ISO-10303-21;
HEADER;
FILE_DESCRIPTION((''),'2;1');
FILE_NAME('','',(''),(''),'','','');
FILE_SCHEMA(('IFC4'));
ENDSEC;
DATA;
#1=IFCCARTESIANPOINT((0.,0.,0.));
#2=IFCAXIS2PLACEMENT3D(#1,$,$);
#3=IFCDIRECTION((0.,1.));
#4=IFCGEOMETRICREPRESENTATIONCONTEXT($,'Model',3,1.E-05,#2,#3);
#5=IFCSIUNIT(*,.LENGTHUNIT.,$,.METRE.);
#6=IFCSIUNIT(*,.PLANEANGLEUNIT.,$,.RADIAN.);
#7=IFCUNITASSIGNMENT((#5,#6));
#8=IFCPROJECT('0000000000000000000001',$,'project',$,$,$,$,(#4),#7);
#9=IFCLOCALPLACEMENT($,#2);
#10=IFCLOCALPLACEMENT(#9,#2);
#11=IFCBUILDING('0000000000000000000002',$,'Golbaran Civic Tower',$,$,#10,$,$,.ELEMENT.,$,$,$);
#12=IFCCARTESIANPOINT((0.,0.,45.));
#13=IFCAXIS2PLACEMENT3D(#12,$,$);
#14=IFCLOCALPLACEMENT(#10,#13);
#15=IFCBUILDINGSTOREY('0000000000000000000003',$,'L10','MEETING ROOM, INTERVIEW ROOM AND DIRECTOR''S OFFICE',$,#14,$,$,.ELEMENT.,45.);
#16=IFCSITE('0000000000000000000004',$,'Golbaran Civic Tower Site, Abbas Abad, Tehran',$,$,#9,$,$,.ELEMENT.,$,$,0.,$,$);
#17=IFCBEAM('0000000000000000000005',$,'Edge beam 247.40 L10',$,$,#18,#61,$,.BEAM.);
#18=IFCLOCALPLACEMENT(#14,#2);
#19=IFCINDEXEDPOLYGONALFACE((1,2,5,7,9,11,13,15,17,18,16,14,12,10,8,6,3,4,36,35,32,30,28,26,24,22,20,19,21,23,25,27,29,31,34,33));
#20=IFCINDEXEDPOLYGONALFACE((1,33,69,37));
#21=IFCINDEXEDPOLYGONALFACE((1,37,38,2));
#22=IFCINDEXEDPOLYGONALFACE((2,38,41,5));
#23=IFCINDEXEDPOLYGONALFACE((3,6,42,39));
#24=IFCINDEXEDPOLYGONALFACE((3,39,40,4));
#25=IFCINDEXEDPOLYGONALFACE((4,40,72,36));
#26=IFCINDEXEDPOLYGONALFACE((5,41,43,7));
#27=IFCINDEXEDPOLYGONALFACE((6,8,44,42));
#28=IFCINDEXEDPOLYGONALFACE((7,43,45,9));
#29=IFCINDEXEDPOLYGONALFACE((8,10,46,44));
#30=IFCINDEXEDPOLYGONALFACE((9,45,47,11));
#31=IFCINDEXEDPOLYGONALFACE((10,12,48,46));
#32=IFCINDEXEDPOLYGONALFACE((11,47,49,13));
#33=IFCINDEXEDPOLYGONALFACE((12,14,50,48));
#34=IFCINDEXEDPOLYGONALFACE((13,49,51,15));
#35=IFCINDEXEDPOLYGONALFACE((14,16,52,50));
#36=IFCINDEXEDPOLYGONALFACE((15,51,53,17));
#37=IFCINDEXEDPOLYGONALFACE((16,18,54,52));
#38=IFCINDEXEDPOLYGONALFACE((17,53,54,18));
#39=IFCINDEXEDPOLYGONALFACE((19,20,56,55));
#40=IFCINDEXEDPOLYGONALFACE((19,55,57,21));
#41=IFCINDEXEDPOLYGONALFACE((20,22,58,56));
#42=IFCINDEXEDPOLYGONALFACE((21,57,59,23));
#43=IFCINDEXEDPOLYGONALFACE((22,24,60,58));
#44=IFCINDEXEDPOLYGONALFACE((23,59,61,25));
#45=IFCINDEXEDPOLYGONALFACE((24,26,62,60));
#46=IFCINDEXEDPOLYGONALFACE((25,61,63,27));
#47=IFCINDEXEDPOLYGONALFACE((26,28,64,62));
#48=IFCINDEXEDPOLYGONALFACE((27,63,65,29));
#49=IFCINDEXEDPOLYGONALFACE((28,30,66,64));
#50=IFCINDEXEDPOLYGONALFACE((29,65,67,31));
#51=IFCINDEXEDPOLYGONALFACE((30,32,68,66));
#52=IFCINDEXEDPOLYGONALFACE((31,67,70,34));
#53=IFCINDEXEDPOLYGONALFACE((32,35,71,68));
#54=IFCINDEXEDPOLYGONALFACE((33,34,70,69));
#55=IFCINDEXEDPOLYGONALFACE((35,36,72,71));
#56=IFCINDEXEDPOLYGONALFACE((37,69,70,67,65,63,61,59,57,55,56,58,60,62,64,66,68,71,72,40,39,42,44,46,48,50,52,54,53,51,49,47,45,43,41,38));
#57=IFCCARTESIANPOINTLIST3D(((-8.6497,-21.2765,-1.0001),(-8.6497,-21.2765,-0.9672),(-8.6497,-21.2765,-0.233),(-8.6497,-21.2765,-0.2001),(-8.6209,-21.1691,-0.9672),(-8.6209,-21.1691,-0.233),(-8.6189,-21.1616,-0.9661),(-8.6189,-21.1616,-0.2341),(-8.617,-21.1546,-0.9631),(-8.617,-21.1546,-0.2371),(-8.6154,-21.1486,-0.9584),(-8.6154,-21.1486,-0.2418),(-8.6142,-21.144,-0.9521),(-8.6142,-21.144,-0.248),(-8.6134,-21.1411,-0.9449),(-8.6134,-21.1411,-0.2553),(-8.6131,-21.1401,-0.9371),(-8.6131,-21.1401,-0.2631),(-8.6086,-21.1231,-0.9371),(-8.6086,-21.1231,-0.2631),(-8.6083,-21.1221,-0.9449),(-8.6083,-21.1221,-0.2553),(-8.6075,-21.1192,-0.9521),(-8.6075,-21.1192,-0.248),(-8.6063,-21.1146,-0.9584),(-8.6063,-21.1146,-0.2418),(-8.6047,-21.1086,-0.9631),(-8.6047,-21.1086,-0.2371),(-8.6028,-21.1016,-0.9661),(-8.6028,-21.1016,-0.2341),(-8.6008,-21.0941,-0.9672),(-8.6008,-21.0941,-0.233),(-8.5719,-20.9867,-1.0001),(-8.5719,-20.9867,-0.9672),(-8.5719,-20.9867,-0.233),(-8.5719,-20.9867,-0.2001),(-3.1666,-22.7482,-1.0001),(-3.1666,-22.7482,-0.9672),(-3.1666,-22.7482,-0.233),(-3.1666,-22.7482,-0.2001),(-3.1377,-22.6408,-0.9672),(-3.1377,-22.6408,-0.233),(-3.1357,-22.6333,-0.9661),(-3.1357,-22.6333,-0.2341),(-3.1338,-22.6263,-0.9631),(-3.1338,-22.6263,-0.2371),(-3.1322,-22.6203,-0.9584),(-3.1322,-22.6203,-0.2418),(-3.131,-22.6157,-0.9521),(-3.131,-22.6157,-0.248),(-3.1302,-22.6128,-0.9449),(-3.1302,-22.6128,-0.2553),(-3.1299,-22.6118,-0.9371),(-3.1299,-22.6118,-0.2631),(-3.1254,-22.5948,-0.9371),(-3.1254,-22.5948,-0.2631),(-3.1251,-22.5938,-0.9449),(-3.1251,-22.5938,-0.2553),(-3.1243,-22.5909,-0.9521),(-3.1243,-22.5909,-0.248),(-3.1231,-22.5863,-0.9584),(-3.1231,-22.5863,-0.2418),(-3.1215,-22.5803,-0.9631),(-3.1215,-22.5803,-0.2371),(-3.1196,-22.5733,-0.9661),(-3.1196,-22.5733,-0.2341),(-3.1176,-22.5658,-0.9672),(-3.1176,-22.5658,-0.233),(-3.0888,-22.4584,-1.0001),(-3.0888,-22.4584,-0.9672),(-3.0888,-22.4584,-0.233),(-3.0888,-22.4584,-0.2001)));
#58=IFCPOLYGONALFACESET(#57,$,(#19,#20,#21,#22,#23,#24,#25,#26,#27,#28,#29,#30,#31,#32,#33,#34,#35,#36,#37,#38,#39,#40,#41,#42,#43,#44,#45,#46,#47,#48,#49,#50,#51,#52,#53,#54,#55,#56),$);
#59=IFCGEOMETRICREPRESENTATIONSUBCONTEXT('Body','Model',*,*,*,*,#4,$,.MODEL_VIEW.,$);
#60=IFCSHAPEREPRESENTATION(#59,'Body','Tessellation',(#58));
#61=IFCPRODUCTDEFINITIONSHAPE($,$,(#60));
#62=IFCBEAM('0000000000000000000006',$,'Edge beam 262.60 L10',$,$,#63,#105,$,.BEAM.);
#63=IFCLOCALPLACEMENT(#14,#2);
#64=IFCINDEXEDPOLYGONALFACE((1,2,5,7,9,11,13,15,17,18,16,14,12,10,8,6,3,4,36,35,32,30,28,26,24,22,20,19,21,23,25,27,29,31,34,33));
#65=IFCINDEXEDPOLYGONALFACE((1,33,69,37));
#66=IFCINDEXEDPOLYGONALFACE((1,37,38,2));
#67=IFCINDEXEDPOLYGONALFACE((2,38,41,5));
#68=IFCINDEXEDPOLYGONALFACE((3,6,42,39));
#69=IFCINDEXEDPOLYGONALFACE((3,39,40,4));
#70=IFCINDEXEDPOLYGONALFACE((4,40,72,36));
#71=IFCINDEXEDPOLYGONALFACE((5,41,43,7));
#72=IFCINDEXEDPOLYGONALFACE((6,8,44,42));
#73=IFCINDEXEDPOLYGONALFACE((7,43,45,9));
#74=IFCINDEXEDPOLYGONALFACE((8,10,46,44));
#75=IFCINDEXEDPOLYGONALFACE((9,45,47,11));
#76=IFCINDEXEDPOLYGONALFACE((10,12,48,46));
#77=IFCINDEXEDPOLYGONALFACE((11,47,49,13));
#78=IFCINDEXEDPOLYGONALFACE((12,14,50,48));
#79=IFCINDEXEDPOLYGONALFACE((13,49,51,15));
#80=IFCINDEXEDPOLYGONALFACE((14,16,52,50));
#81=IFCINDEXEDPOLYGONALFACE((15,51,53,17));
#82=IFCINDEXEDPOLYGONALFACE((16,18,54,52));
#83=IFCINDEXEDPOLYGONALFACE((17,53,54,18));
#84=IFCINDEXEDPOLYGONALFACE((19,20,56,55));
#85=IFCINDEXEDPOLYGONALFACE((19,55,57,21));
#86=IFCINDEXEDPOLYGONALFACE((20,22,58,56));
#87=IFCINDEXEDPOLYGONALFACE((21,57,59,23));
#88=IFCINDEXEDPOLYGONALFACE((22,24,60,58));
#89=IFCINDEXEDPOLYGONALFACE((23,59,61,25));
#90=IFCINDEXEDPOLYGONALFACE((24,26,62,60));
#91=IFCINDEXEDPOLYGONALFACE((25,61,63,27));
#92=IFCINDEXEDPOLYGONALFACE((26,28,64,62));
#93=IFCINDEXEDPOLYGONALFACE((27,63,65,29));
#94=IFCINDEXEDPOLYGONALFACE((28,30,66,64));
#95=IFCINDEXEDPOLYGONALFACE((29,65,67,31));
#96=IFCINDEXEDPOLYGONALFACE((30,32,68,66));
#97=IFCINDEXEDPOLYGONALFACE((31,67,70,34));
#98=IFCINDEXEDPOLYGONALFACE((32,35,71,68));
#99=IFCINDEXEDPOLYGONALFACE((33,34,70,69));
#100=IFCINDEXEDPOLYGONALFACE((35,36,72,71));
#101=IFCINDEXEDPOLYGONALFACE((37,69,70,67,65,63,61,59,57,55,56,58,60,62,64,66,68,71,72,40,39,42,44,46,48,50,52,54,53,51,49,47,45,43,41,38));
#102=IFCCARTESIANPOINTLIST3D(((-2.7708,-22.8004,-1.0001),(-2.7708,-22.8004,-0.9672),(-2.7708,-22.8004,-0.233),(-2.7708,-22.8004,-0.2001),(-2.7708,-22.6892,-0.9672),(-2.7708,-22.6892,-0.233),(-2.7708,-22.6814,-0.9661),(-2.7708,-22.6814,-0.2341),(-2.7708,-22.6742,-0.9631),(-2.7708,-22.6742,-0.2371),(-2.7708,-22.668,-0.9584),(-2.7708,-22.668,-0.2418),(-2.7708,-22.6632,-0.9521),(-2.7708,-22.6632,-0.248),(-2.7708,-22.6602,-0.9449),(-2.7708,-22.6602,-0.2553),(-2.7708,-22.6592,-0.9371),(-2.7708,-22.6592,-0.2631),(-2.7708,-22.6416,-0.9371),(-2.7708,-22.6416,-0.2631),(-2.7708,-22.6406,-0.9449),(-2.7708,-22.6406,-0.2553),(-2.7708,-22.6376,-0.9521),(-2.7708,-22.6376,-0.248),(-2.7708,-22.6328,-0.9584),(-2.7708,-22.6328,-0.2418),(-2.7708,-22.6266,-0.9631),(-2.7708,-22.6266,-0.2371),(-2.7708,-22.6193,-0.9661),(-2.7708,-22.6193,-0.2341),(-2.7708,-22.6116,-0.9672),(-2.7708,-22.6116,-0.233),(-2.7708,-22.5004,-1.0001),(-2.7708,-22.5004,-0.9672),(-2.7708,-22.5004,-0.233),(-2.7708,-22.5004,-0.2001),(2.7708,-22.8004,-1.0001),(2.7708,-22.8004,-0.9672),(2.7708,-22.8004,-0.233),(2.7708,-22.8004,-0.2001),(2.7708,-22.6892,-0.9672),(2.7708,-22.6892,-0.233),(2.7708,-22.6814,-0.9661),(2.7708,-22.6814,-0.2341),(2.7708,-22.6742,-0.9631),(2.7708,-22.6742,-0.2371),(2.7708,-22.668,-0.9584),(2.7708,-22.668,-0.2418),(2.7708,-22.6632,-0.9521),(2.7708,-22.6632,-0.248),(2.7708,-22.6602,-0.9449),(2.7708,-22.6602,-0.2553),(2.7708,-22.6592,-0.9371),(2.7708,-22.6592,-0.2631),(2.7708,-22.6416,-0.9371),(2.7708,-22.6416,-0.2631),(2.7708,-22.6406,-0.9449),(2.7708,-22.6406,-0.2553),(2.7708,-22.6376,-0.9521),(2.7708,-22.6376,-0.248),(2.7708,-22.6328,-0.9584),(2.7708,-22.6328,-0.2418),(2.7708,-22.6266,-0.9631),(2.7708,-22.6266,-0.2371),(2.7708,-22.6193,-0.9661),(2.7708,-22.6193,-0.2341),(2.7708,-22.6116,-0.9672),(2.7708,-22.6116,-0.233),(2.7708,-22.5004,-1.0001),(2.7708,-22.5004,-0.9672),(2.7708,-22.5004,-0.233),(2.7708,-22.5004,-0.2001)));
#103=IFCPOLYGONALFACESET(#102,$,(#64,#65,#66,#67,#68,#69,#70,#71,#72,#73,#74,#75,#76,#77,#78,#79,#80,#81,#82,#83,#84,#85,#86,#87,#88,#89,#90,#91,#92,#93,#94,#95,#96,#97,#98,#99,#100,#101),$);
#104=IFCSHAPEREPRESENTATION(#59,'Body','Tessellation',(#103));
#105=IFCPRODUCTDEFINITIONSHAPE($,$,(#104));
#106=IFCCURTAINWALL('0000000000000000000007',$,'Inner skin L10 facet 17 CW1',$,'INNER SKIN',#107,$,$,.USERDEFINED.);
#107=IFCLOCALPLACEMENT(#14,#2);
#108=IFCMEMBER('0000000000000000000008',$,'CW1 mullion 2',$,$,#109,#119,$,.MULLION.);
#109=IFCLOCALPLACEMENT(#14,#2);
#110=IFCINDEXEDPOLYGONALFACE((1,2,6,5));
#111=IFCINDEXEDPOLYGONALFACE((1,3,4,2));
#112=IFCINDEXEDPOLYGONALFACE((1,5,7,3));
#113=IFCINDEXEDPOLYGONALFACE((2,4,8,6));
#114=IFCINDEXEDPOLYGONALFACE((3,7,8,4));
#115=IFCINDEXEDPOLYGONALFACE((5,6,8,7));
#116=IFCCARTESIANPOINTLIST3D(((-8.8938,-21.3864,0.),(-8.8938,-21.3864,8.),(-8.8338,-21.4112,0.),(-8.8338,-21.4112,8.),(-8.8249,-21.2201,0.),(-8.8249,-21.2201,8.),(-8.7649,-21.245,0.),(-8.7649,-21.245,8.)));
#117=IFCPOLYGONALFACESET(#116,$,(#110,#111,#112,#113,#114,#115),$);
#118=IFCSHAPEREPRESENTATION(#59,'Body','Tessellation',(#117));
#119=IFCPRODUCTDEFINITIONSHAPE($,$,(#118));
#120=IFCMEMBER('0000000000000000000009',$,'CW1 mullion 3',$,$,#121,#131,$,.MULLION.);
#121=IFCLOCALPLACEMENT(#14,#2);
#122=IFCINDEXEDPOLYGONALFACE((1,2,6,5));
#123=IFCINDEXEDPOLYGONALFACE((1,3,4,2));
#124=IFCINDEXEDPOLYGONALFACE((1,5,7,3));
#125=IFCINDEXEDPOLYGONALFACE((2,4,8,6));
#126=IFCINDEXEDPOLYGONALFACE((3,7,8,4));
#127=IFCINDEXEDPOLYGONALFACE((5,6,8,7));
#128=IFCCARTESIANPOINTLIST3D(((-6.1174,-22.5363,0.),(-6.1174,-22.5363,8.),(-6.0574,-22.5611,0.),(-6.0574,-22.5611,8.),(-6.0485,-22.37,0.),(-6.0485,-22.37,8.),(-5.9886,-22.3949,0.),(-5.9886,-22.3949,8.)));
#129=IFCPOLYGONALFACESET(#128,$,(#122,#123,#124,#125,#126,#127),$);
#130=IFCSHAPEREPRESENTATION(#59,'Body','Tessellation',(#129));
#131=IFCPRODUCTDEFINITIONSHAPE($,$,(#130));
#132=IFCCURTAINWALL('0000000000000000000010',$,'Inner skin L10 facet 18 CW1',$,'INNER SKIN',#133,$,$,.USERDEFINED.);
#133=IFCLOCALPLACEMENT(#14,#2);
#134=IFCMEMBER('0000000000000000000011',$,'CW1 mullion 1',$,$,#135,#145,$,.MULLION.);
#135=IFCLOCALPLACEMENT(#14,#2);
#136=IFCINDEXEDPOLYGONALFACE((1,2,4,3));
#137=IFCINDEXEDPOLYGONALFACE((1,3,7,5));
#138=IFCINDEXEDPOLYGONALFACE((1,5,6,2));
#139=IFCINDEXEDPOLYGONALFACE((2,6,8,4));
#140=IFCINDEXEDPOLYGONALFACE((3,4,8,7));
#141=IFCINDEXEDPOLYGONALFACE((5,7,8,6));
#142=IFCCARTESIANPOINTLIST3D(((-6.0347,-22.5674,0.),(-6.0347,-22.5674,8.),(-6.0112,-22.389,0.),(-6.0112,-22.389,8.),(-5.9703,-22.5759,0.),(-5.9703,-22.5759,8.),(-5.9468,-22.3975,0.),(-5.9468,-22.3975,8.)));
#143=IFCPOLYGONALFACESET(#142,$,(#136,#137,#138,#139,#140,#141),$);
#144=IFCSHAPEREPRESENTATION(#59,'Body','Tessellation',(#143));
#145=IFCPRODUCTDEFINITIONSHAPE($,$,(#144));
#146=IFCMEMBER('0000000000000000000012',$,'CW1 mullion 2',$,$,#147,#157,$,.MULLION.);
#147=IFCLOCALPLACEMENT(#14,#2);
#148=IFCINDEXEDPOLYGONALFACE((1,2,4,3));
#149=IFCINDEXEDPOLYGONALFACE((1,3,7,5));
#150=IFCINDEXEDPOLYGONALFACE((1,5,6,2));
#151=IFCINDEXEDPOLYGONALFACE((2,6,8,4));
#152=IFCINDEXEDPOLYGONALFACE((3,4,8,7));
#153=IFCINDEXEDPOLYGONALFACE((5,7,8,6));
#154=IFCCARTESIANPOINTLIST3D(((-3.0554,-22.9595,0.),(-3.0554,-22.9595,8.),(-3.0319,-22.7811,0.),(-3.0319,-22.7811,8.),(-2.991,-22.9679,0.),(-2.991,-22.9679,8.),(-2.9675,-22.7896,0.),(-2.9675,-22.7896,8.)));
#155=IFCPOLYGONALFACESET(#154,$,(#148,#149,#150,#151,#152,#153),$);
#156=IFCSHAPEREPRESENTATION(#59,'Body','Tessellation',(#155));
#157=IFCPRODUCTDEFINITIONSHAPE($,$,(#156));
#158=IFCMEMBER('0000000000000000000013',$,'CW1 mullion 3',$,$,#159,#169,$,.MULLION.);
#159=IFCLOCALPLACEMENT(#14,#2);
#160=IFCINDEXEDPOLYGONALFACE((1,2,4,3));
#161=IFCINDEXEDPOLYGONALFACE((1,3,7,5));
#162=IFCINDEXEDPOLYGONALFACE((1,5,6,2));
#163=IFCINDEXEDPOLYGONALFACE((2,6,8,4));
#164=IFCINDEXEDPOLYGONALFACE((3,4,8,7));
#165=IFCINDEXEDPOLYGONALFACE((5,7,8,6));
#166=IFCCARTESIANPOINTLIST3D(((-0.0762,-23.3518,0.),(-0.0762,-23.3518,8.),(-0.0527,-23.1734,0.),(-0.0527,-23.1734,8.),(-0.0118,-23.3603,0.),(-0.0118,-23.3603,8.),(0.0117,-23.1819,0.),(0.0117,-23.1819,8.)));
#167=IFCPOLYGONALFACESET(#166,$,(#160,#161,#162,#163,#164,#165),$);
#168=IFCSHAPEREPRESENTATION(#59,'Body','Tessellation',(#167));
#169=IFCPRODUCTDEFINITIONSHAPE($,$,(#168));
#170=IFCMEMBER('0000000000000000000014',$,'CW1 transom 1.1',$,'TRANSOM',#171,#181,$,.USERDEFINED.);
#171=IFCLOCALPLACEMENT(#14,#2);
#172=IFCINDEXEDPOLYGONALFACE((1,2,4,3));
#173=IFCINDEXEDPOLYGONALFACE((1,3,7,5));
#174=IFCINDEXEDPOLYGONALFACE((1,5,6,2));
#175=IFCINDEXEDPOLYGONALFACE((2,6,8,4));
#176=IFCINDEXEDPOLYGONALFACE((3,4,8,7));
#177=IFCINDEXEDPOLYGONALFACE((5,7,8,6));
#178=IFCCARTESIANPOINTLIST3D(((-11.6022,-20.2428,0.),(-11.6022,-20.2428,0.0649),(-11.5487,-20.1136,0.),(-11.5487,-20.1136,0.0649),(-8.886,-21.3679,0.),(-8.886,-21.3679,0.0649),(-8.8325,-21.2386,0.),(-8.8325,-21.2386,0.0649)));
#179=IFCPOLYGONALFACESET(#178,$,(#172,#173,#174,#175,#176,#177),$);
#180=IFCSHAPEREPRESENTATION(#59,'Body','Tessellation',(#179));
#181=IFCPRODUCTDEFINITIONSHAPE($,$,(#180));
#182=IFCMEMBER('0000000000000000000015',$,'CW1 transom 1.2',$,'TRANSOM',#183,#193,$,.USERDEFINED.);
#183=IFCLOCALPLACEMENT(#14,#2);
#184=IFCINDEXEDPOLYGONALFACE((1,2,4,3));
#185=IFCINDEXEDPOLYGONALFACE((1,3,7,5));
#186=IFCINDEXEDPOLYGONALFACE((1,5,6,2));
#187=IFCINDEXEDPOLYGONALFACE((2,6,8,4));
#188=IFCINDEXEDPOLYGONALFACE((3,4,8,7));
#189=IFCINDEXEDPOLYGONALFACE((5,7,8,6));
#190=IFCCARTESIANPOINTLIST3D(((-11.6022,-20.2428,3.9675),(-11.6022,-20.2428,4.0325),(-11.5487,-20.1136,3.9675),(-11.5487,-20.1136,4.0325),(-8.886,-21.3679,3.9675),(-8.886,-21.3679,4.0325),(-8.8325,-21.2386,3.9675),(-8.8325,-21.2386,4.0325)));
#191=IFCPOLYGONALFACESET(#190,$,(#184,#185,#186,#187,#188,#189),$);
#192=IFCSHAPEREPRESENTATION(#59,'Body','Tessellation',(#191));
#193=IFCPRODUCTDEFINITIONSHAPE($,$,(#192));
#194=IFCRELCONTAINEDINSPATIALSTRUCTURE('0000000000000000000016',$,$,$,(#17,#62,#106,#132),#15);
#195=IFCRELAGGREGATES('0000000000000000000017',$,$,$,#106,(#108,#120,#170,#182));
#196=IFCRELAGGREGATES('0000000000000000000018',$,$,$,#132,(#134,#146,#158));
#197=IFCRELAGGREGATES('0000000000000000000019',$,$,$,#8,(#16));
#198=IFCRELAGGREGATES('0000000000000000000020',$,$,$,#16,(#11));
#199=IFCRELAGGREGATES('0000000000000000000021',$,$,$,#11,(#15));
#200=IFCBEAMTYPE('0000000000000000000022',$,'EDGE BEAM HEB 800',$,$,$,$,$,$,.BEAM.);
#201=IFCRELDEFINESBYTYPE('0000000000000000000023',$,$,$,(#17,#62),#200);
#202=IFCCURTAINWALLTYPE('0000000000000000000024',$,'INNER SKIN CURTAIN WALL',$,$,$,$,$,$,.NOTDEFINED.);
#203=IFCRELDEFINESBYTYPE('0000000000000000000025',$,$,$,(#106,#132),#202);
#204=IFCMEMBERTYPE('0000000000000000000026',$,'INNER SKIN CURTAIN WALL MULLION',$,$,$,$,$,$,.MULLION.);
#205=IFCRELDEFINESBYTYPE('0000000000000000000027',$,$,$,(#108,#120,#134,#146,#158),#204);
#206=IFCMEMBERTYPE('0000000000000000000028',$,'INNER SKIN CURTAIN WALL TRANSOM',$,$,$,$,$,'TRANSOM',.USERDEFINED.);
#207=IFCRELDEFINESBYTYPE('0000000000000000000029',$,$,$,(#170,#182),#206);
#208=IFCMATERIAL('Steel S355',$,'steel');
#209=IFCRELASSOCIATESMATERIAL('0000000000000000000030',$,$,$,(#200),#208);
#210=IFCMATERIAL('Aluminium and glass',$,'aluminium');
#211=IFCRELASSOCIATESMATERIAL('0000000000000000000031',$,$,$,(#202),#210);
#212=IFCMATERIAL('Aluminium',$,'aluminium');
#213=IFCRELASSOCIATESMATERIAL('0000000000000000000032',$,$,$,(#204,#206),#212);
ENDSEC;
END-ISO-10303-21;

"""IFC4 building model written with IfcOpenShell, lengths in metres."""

from ifc_helpers import new_model, si_unit, direction, frame, origin, origin_2d, place, context, subcontext, project, spatial, rectangle, i_section, extrude, material, material_profile, profile_set, type_object, element, aggregate, save


model = new_model("IFC4")

# Units and contexts
model_context = context("Model", 3, precision=1e-05, world=origin(), true_north=direction((0.0, 1.0)))
body_context = subcontext(model_context, "Body", "Model", "MODEL_VIEW")
ifc_project = project(units=[si_unit("LENGTHUNIT", "METRE"), si_unit("PLANEANGLEUNIT", "RADIAN")], contexts=[model_context])

# Site, building, storey
site_placement = place(None, origin())
site = spatial("IfcSite", under=ifc_project, at=site_placement, Name="Golbaran Civic Tower Site, Abbas Abad, Tehran", CompositionType="ELEMENT", RefElevation=0.0)
building_placement = place(site_placement, origin())
building = spatial("IfcBuilding", under=site, at=building_placement, Name="Golbaran Civic Tower", CompositionType="ELEMENT")
storey_placement = place(building_placement, frame((0.0, 0.0, 45.0)))
storey = spatial("IfcBuildingStorey", under=building, at=storey_placement, Name="L10", Description="MEETING ROOM, INTERVIEW ROOM AND DIRECTOR'S OFFICE", CompositionType="ELEMENT", Elevation=45.0)

# Beams
ifc_material_1 = material(Name="Steel S355", Category="steel")
ifc_material_profile_1 = material_profile(ifc_material_1, i_section(OverallWidth=0.3, OverallDepth=0.8, WebThickness=0.0176, FlangeThickness=0.033, FilletRadius=0.03, at=origin_2d()), Name="HEB 800")
ifc_profile_set_1 = profile_set([ifc_material_profile_1], Name="Steel S355")
beam_type = type_object("IfcBeamType", Name="EDGE BEAM HEB 800", PredefinedType="BEAM", material=ifc_profile_set_1)
beam_1_placement = place(storey_placement, frame((-8.6108, -21.1316, -0.6001), z_axis=(0.965817, -0.259225, 0.0), x_axis=(0.259225, 0.965817, 0.0)))
element("IfcBeam", 1, at=beam_1_placement, inside=storey, type_object=beam_type, Name="Edge beam 247.40 L10", PredefinedType="BEAM", context=body_context, shape_type="SweptSolid", body=[
    extrude(i_section(OverallWidth=0.3, OverallDepth=0.8, WebThickness=0.0176, FlangeThickness=0.033, FilletRadius=0.03, at=origin_2d()), origin(), (0.0, 0.0, 1.0), 5.6772),
])
beam_2_placement = place(storey_placement, frame((-2.7708, -22.6504, -0.6001), z_axis=(1.0, 0.0, 0.0), x_axis=(0.0, 1.0, 0.0)))
element("IfcBeam", 2, at=beam_2_placement, inside=storey, type_object=beam_type, Name="Edge beam 262.60 L10", PredefinedType="BEAM", context=body_context, shape_type="SweptSolid", body=[
    extrude(i_section(OverallWidth=0.3, OverallDepth=0.8, WebThickness=0.0176, FlangeThickness=0.033, FilletRadius=0.03, at=origin_2d()), origin(), (0.0, 0.0, 1.0), 5.5415),
])

# Curtain walls, members
ifc_material_2 = material(Name="Aluminium and glass", Category="aluminium")
curtain_wall_type = type_object("IfcCurtainWallType", Name="INNER SKIN CURTAIN WALL", PredefinedType="NOTDEFINED", material=ifc_material_2)
curtain_wall_1_placement = place(storey_placement, origin())
curtain_wall_1 = element("IfcCurtainWall", 3, at=curtain_wall_1_placement, inside=storey, type_object=curtain_wall_type, Name="Inner skin L10 facet 17 CW1", ObjectType="INNER SKIN", PredefinedType="USERDEFINED")
ifc_material_3 = material(Name="Aluminium", Category="aluminium")
ifc_material_profile_2 = material_profile(ifc_material_3, rectangle(XDim=0.1799, YDim=0.0649, at=origin_2d()), Name="INNER SKIN CURTAIN WALL MULLION")
ifc_profile_set_2 = profile_set([ifc_material_profile_2], Name="Aluminium")
member_type_1 = type_object("IfcMemberType", Name="INNER SKIN CURTAIN WALL MULLION", PredefinedType="MULLION", material=ifc_profile_set_2)
member_1_placement = place(storey_placement, frame((-8.8293, -21.3157, 0.0), z_axis=(0.0, 0.0, 1.0), x_axis=(0.382683, 0.92388, 0.0)))
member_1 = element("IfcMember", 4, at=member_1_placement, type_object=member_type_1, Name="CW1 mullion 2", PredefinedType="MULLION", context=body_context, shape_type="SweptSolid", body=[
    extrude(rectangle(XDim=0.1799, YDim=0.0649, at=origin_2d()), origin(), (0.0, 0.0, 1.0), 8.0),
])
member_2_placement = place(storey_placement, frame((-6.053, -22.4656, 0.0), z_axis=(0.0, 0.0, 1.0), x_axis=(0.382683, 0.92388, 0.0)))
member_2 = element("IfcMember", 5, at=member_2_placement, type_object=member_type_1, Name="CW1 mullion 3", PredefinedType="MULLION", context=body_context, shape_type="SweptSolid", body=[
    extrude(rectangle(XDim=0.1799, YDim=0.0649, at=origin_2d()), origin(), (0.0, 0.0, 1.0), 8.0),
])
curtain_wall_2_placement = place(storey_placement, origin())
curtain_wall_2 = element("IfcCurtainWall", 6, at=curtain_wall_2_placement, inside=storey, type_object=curtain_wall_type, Name="Inner skin L10 facet 18 CW1", ObjectType="INNER SKIN", PredefinedType="USERDEFINED")
member_3_placement = place(storey_placement, frame((-5.9907, -22.4824, 0.0), z_axis=(0.0, 0.0, 1.0), x_axis=(0.130526, 0.991445, 0.0)))
member_3 = element("IfcMember", 7, at=member_3_placement, type_object=member_type_1, Name="CW1 mullion 1", PredefinedType="MULLION", context=body_context, shape_type="SweptSolid", body=[
    extrude(rectangle(XDim=0.1799, YDim=0.0649, at=origin_2d()), origin(), (0.0, 0.0, 1.0), 8.0),
])
member_4_placement = place(storey_placement, frame((-3.0115, -22.8745, 0.0), z_axis=(0.0, 0.0, 1.0), x_axis=(0.130526, 0.991445, 0.0)))
member_4 = element("IfcMember", 8, at=member_4_placement, type_object=member_type_1, Name="CW1 mullion 2", PredefinedType="MULLION", context=body_context, shape_type="SweptSolid", body=[
    extrude(rectangle(XDim=0.1799, YDim=0.0649, at=origin_2d()), origin(), (0.0, 0.0, 1.0), 8.0),
])
member_5_placement = place(storey_placement, frame((-0.0322, -23.2668, 0.0), z_axis=(0.0, 0.0, 1.0), x_axis=(0.130526, 0.991445, 0.0)))
member_5 = element("IfcMember", 9, at=member_5_placement, type_object=member_type_1, Name="CW1 mullion 3", PredefinedType="MULLION", context=body_context, shape_type="SweptSolid", body=[
    extrude(rectangle(XDim=0.1799, YDim=0.0649, at=origin_2d()), origin(), (0.0, 0.0, 1.0), 8.0),
])

# Members
ifc_material_profile_3 = material_profile(ifc_material_3, rectangle(XDim=0.1399, YDim=0.0649, at=origin_2d()), Name="INNER SKIN CURTAIN WALL TRANSOM")
ifc_profile_set_3 = profile_set([ifc_material_profile_3], Name="Aluminium")
member_type_2 = type_object("IfcMemberType", Name="INNER SKIN CURTAIN WALL TRANSOM", ElementType="TRANSOM", PredefinedType="USERDEFINED", material=ifc_profile_set_3)
member_6_placement = place(storey_placement, frame((-11.5754, -20.1782, 0.0325), z_axis=(0.923883, -0.382675, 0.0), x_axis=(0.382675, 0.923883, 0.0)))
member_6 = element("IfcMember", 10, at=member_6_placement, type_object=member_type_2, Name="CW1 transom 1.1", ObjectType="TRANSOM", PredefinedType="USERDEFINED", context=body_context, shape_type="SweptSolid", body=[
    extrude(rectangle(XDim=0.1399, YDim=0.0649, at=origin_2d()), origin(), (0.0, 0.0, 1.0), 2.9399),
])
member_7_placement = place(storey_placement, frame((-11.5754, -20.1782, 4.0), z_axis=(0.923883, -0.382675, 0.0), x_axis=(0.382675, 0.923883, 0.0)))
member_7 = element("IfcMember", 11, at=member_7_placement, type_object=member_type_2, Name="CW1 transom 1.2", ObjectType="TRANSOM", PredefinedType="USERDEFINED", context=body_context, shape_type="SweptSolid", body=[
    extrude(rectangle(XDim=0.1399, YDim=0.0649, at=origin_2d()), origin(), (0.0, 0.0, 1.0), 2.9399),
])

aggregate(curtain_wall_1, [member_1, member_2, member_6, member_7])
aggregate(curtain_wall_2, [member_3, member_4, member_5])

save(model, "model.ifc")
